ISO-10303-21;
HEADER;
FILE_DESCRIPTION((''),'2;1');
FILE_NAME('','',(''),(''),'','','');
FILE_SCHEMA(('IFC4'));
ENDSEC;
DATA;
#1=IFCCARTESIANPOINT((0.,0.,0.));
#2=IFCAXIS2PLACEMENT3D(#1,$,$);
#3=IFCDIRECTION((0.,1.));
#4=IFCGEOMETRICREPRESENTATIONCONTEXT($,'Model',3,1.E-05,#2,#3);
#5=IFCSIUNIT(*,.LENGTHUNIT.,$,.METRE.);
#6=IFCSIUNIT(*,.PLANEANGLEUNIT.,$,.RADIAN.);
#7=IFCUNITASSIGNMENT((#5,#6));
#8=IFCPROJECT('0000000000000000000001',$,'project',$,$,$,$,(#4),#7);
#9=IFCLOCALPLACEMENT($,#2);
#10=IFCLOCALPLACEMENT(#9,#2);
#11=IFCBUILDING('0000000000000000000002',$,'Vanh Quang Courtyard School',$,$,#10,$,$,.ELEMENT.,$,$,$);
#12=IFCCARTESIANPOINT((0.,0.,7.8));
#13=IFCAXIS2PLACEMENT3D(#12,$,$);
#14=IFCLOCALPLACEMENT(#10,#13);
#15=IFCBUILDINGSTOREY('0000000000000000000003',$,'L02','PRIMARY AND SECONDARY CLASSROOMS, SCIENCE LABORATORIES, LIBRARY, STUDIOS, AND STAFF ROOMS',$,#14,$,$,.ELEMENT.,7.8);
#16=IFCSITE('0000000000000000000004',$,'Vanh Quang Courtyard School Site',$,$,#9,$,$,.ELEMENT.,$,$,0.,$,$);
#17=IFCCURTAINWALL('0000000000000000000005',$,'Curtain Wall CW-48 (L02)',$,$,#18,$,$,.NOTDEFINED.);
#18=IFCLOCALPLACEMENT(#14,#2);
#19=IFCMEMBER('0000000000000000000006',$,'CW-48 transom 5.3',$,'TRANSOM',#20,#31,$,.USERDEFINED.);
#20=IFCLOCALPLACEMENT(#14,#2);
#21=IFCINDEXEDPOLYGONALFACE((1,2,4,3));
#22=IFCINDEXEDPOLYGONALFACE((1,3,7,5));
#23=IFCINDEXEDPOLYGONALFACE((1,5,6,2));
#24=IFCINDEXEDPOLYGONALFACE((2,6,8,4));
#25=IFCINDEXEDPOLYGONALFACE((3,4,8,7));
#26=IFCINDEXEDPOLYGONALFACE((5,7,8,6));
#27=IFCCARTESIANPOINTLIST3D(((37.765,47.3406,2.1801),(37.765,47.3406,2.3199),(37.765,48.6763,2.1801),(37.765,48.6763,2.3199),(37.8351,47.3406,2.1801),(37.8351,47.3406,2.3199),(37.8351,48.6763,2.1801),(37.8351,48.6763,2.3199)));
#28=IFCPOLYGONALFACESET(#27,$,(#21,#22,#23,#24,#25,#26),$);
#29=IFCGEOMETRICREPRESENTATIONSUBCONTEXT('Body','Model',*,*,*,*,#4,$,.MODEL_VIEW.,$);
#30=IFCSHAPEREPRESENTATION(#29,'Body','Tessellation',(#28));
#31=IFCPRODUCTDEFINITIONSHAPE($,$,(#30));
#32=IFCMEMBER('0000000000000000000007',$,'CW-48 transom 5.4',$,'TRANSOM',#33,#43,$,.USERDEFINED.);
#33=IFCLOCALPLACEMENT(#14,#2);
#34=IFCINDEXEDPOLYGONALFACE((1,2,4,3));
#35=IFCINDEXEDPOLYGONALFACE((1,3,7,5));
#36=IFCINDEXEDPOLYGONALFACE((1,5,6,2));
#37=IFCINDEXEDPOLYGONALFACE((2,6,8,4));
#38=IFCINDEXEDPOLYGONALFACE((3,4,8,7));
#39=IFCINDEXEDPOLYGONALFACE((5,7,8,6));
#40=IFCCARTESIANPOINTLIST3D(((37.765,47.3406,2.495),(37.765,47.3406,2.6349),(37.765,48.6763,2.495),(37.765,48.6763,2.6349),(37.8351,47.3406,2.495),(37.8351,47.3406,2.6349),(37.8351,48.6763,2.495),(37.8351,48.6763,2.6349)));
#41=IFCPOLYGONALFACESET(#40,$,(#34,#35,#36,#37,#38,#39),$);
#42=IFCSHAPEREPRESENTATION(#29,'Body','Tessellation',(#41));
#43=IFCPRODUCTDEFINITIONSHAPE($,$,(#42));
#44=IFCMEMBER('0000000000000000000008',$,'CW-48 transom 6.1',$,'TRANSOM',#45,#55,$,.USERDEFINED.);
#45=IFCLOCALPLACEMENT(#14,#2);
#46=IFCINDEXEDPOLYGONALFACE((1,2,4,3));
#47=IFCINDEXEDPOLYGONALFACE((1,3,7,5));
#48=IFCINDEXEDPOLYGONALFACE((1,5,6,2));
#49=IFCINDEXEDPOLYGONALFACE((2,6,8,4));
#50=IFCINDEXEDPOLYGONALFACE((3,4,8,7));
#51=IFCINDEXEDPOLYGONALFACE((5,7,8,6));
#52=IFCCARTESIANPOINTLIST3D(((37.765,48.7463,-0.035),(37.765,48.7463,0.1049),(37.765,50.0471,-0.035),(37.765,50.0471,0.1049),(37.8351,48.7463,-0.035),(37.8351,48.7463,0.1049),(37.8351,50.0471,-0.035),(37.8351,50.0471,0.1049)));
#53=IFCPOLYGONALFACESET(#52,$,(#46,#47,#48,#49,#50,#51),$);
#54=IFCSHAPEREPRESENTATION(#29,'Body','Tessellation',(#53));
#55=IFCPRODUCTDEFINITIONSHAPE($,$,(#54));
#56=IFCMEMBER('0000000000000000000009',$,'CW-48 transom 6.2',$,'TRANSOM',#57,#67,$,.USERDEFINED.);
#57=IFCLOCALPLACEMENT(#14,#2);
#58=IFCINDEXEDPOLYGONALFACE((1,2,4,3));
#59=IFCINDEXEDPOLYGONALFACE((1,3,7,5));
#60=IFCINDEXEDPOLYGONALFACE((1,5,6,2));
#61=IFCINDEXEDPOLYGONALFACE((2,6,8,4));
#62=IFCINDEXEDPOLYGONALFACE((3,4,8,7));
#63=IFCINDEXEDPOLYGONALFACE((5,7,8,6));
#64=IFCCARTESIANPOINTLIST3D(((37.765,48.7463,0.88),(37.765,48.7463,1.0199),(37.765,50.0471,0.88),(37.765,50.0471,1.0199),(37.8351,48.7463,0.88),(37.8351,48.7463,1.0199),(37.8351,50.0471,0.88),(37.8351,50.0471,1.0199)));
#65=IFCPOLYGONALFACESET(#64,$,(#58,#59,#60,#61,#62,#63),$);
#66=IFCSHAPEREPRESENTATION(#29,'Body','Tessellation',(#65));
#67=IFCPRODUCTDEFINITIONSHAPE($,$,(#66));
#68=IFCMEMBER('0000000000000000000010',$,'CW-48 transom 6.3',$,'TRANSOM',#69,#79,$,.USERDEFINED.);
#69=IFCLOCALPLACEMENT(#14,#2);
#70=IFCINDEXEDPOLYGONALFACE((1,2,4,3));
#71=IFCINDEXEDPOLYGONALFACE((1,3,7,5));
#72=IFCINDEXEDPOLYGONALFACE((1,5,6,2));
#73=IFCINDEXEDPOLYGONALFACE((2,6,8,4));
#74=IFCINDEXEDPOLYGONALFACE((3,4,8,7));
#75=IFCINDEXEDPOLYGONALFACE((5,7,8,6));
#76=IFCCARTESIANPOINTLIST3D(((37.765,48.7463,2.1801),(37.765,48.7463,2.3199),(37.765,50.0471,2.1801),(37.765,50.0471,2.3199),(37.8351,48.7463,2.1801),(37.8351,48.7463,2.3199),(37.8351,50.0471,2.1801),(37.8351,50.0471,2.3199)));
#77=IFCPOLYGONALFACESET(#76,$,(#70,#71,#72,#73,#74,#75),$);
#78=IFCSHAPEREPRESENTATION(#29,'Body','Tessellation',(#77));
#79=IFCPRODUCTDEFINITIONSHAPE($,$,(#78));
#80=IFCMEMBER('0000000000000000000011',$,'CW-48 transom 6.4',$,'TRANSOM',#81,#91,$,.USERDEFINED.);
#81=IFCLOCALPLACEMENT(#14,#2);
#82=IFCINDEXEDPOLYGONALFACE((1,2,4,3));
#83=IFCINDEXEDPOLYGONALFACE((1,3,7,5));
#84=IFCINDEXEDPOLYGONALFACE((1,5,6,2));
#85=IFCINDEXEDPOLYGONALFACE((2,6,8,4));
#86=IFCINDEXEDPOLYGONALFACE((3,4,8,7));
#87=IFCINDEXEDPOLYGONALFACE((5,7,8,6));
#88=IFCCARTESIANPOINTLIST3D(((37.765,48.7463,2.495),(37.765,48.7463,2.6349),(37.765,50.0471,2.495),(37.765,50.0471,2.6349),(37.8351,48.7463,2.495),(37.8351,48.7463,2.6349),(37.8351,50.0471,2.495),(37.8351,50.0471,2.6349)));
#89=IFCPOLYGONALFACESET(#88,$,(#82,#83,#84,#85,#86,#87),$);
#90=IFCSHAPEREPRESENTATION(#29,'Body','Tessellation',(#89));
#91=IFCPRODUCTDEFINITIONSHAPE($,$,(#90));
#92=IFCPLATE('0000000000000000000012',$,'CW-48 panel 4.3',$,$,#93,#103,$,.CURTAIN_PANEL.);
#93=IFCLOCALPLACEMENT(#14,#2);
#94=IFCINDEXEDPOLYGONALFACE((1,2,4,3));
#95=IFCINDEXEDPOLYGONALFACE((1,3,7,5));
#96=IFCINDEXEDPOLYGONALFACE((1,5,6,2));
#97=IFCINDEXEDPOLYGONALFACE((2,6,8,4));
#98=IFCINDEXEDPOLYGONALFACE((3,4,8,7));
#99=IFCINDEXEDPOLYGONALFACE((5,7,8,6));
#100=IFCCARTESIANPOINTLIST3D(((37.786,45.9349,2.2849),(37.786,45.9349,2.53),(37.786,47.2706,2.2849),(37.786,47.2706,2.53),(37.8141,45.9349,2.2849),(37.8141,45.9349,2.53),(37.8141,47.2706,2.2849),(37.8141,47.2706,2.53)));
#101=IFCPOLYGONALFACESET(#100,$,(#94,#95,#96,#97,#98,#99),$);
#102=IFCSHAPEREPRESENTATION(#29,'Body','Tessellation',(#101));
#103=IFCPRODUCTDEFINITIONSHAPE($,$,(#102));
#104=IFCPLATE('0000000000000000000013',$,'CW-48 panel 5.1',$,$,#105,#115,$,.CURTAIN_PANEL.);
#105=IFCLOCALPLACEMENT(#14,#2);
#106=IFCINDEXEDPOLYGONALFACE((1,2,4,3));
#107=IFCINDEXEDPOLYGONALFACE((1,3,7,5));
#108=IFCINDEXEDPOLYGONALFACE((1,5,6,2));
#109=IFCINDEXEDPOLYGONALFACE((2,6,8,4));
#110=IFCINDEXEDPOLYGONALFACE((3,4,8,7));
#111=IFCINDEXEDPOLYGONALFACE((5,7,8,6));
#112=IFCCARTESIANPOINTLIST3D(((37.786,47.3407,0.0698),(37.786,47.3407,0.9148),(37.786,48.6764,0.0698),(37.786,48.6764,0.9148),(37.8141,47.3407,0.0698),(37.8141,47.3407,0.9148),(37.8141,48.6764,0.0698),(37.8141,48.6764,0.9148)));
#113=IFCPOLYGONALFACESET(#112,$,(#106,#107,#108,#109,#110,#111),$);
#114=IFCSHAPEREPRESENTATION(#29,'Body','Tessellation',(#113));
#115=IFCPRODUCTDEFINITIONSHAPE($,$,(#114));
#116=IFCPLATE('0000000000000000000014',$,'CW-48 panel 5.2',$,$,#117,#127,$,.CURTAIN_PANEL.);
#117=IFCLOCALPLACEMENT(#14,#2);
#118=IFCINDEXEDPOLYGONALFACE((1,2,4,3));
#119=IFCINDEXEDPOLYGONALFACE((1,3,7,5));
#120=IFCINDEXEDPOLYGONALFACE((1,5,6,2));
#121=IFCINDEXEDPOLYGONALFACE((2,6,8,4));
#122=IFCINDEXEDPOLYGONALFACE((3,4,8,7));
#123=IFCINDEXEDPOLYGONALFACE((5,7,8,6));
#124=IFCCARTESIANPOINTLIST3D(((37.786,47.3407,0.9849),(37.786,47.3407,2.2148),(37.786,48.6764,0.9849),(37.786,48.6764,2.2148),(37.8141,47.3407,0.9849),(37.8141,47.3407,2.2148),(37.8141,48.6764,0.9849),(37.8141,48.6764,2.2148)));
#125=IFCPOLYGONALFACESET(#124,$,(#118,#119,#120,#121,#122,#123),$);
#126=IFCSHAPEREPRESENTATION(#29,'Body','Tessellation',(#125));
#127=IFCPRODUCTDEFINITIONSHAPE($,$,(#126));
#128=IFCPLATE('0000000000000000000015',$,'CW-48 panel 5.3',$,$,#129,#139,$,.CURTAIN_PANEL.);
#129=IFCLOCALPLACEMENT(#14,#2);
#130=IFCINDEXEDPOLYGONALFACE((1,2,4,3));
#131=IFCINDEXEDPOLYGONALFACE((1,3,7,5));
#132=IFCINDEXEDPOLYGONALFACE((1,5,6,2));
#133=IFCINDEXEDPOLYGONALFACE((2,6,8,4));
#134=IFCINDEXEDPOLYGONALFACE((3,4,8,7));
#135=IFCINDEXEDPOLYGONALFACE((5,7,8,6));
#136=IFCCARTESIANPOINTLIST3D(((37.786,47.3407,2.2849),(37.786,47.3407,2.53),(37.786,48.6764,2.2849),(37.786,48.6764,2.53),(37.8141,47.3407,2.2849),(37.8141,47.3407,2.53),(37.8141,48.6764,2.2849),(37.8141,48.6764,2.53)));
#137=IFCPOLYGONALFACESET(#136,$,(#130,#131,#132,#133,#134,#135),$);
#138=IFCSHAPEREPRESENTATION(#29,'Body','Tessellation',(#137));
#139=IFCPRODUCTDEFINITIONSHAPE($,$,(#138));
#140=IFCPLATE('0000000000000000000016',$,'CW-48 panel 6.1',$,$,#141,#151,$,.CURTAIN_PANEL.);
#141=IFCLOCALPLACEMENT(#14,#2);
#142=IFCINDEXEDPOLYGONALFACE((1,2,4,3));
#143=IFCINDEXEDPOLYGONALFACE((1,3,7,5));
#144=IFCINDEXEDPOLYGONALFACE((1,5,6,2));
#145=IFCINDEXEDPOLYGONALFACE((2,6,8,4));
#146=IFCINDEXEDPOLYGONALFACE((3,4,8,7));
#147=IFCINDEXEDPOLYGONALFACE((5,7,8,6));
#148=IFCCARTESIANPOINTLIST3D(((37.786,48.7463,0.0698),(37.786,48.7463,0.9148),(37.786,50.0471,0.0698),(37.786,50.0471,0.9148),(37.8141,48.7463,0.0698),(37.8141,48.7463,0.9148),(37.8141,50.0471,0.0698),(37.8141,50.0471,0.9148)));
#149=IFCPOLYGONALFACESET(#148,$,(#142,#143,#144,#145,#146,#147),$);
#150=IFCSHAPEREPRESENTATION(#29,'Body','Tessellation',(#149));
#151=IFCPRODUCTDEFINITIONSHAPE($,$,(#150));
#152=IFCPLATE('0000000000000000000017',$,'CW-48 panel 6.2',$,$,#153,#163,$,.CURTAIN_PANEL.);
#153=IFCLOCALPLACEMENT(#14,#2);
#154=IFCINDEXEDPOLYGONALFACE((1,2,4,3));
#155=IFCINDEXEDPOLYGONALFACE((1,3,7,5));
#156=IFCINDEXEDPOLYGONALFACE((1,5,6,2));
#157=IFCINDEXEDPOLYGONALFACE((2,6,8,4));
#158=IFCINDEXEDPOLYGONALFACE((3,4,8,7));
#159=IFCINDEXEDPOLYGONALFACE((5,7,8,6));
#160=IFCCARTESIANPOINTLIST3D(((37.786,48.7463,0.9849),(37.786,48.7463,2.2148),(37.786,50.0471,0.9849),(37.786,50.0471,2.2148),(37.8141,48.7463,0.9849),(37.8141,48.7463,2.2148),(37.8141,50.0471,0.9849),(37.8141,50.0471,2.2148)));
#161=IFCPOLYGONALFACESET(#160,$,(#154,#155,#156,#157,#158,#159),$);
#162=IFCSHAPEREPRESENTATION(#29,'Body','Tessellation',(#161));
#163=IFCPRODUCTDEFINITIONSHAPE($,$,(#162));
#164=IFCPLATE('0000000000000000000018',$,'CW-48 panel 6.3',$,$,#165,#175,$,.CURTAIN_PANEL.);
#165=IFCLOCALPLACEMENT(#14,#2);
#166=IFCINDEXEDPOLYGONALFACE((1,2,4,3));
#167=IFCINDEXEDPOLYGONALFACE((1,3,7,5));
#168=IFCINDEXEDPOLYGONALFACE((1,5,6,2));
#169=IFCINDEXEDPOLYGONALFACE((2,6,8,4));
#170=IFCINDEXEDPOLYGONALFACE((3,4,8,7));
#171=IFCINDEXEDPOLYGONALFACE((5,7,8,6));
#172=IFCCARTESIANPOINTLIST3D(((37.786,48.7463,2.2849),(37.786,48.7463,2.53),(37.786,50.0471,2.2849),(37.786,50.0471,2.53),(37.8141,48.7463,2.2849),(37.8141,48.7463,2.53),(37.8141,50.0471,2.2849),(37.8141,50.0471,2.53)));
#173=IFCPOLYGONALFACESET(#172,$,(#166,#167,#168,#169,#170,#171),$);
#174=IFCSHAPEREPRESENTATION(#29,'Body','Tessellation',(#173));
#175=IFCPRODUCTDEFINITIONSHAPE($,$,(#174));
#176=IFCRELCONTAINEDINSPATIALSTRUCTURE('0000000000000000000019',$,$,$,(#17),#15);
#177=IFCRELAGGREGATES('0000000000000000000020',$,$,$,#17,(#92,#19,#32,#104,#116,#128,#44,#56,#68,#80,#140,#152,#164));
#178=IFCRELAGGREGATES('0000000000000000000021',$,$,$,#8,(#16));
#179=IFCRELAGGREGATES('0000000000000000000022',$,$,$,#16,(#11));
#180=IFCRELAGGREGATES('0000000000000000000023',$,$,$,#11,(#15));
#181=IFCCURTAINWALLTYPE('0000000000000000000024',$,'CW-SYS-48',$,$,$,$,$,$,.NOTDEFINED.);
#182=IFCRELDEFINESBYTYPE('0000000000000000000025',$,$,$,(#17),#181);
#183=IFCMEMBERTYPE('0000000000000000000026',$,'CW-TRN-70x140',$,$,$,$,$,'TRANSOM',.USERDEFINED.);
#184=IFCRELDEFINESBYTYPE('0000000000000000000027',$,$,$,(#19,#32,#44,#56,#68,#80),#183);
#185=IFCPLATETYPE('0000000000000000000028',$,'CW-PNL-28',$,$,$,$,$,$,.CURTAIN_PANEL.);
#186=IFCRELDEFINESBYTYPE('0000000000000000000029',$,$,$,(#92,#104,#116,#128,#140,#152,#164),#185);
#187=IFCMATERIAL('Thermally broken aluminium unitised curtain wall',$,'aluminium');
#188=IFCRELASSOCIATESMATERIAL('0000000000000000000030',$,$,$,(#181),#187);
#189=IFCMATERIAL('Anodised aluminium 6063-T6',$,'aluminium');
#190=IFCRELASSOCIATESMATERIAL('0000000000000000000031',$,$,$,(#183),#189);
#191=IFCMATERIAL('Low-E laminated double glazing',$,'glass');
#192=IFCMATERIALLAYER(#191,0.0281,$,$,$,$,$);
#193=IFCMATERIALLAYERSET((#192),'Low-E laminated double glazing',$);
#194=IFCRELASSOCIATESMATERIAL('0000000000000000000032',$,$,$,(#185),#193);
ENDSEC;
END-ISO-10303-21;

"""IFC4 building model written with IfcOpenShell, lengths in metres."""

from ifc_helpers import new_model, si_unit, direction, frame, origin, origin_2d, place, context, subcontext, project, spatial, rectangle, extrude, material, layer, layer_set, material_profile, profile_set, type_object, element, aggregate, save


model = new_model("IFC4")

# Units and contexts
model_context = context("Model", 3, precision=1e-05, world=origin(), true_north=direction((0.0, 1.0)))
body_context = subcontext(model_context, "Body", "Model", "MODEL_VIEW")
ifc_project = project(units=[si_unit("LENGTHUNIT", "METRE"), si_unit("PLANEANGLEUNIT", "RADIAN")], contexts=[model_context])

# Site, building, storey
site_placement = place(None, origin())
site = spatial("IfcSite", under=ifc_project, at=site_placement, Name="Vanh Quang Courtyard School Site", CompositionType="ELEMENT", RefElevation=0.0)
building_placement = place(site_placement, origin())
building = spatial("IfcBuilding", under=site, at=building_placement, Name="Vanh Quang Courtyard School", CompositionType="ELEMENT")
storey_placement = place(building_placement, frame((0.0, 0.0, 7.8)))
storey = spatial("IfcBuildingStorey", under=building, at=storey_placement, Name="L02", Description="PRIMARY AND SECONDARY CLASSROOMS, SCIENCE LABORATORIES, LIBRARY, STUDIOS, AND STAFF ROOMS", CompositionType="ELEMENT", Elevation=7.8)

# Shared definitions
ifc_material_1 = material(Name="Thermally broken aluminium unitised curtain wall", Category="aluminium")
curtain_wall_type = type_object("IfcCurtainWallType", Name="CW-SYS-48", PredefinedType="NOTDEFINED", material=ifc_material_1)
ifc_material_2 = material(Name="Anodised aluminium 6063-T6", Category="aluminium")

# Curtain wall, members, plates
curtain_wall_1_placement = place(storey_placement, origin())
curtain_wall_1 = element("IfcCurtainWall", 1, at=curtain_wall_1_placement, inside=storey, type_object=curtain_wall_type, Name="Curtain Wall CW-48 (L02)", PredefinedType="NOTDEFINED")
ifc_material_profile_1 = material_profile(ifc_material_2, rectangle(XDim=0.0701, YDim=0.1399, at=origin_2d()), Name="ALU-TRN 70x140")
ifc_profile_set_1 = profile_set([ifc_material_profile_1], Name="Anodised aluminium 6063-T6")
member_type_1 = type_object("IfcMemberType", Name="CW-TRN-70x140", ElementType="TRANSOM", PredefinedType="USERDEFINED", material=ifc_profile_set_1)
member_1_placement = place(storey_placement, frame((37.8, 47.3406, 2.25), z_axis=(0.0, 1.0, 0.0), x_axis=(-1.0, 0.0, 0.0)))
member_1 = element("IfcMember", 2, at=member_1_placement, type_object=member_type_1, Name="CW-48 transom 5.3", ObjectType="TRANSOM", PredefinedType="USERDEFINED", context=body_context, shape_type="SweptSolid", body=[
    extrude(rectangle(XDim=0.0701, YDim=0.1399, at=origin_2d()), origin(), (0.0, 0.0, 1.0), 1.3357),
])
member_2_placement = place(storey_placement, frame((37.8, 47.3406, 2.5649), z_axis=(0.0, 1.0, 0.0), x_axis=(-1.0, 0.0, 0.0)))
member_2 = element("IfcMember", 3, at=member_2_placement, type_object=member_type_1, Name="CW-48 transom 5.4", ObjectType="TRANSOM", PredefinedType="USERDEFINED", context=body_context, shape_type="SweptSolid", body=[
    extrude(rectangle(XDim=0.0701, YDim=0.1399, at=origin_2d()), origin(), (0.0, 0.0, 1.0), 1.3357),
])
member_3_placement = place(storey_placement, frame((37.8, 48.7463, 0.0349), z_axis=(0.0, 1.0, 0.0), x_axis=(-1.0, 0.0, 0.0)))
member_3 = element("IfcMember", 4, at=member_3_placement, type_object=member_type_1, Name="CW-48 transom 6.1", ObjectType="TRANSOM", PredefinedType="USERDEFINED", context=body_context, shape_type="SweptSolid", body=[
    extrude(rectangle(XDim=0.0701, YDim=0.1399, at=origin_2d()), origin(), (0.0, 0.0, 1.0), 1.3008),
])
member_4_placement = place(storey_placement, frame((37.8, 48.7463, 0.95), z_axis=(0.0, 1.0, 0.0), x_axis=(-1.0, 0.0, 0.0)))
member_4 = element("IfcMember", 5, at=member_4_placement, type_object=member_type_1, Name="CW-48 transom 6.2", ObjectType="TRANSOM", PredefinedType="USERDEFINED", context=body_context, shape_type="SweptSolid", body=[
    extrude(rectangle(XDim=0.0701, YDim=0.1399, at=origin_2d()), origin(), (0.0, 0.0, 1.0), 1.3008),
])
member_5_placement = place(storey_placement, frame((37.8, 48.7463, 2.25), z_axis=(0.0, 1.0, 0.0), x_axis=(-1.0, 0.0, 0.0)))
member_5 = element("IfcMember", 6, at=member_5_placement, type_object=member_type_1, Name="CW-48 transom 6.3", ObjectType="TRANSOM", PredefinedType="USERDEFINED", context=body_context, shape_type="SweptSolid", body=[
    extrude(rectangle(XDim=0.0701, YDim=0.1399, at=origin_2d()), origin(), (0.0, 0.0, 1.0), 1.3008),
])
member_6_placement = place(storey_placement, frame((37.8, 48.7463, 2.5649), z_axis=(0.0, 1.0, 0.0), x_axis=(-1.0, 0.0, 0.0)))
member_6 = element("IfcMember", 7, at=member_6_placement, type_object=member_type_1, Name="CW-48 transom 6.4", ObjectType="TRANSOM", PredefinedType="USERDEFINED", context=body_context, shape_type="SweptSolid", body=[
    extrude(rectangle(XDim=0.0701, YDim=0.1399, at=origin_2d()), origin(), (0.0, 0.0, 1.0), 1.3008),
])
ifc_material_3 = material(Name="Low-E laminated double glazing", Category="glass")
ifc_layer_1 = layer(ifc_material_3, 0.0281)
ifc_layer_set_1 = layer_set([ifc_layer_1], Name="Low-E laminated double glazing")
plate_type = type_object("IfcPlateType", Name="CW-PNL-28", PredefinedType="CURTAIN_PANEL", material=ifc_layer_set_1)
plate_1_placement = place(storey_placement, frame((37.8, 46.6028, 2.2849), z_axis=(0.0, 0.0, 1.0), x_axis=(0.0, 1.0, 0.0)))
plate_1 = element("IfcPlate", 8, at=plate_1_placement, type_object=plate_type, Name="CW-48 panel 4.3", PredefinedType="CURTAIN_PANEL", context=body_context, shape_type="SweptSolid", body=[
    extrude(rectangle(XDim=1.3357, YDim=0.0281, at=origin_2d()), origin(), (0.0, 0.0, 1.0), 0.2451),
])
plate_2_placement = place(storey_placement, frame((37.8, 48.0085, 0.0698), z_axis=(0.0, 0.0, 1.0), x_axis=(0.0, 1.0, 0.0)))
plate_2 = element("IfcPlate", 9, at=plate_2_placement, type_object=plate_type, Name="CW-48 panel 5.1", PredefinedType="CURTAIN_PANEL", context=body_context, shape_type="SweptSolid", body=[
    extrude(rectangle(XDim=1.3357, YDim=0.0281, at=origin_2d()), origin(), (0.0, 0.0, 1.0), 0.845),
])
plate_3_placement = place(storey_placement, frame((37.8, 48.0085, 0.9849), z_axis=(0.0, 0.0, 1.0), x_axis=(0.0, 1.0, 0.0)))
plate_3 = element("IfcPlate", 10, at=plate_3_placement, type_object=plate_type, Name="CW-48 panel 5.2", PredefinedType="CURTAIN_PANEL", context=body_context, shape_type="SweptSolid", body=[
    extrude(rectangle(XDim=1.3357, YDim=0.0281, at=origin_2d()), origin(), (0.0, 0.0, 1.0), 1.23),
])
plate_4_placement = place(storey_placement, frame((37.8, 48.0085, 2.2849), z_axis=(0.0, 0.0, 1.0), x_axis=(0.0, 1.0, 0.0)))
plate_4 = element("IfcPlate", 11, at=plate_4_placement, type_object=plate_type, Name="CW-48 panel 5.3", PredefinedType="CURTAIN_PANEL", context=body_context, shape_type="SweptSolid", body=[
    extrude(rectangle(XDim=1.3357, YDim=0.0281, at=origin_2d()), origin(), (0.0, 0.0, 1.0), 0.2451),
])
plate_5_placement = place(storey_placement, frame((37.8, 49.3967, 0.0698), z_axis=(0.0, 0.0, 1.0), x_axis=(0.0, 1.0, 0.0)))
plate_5 = element("IfcPlate", 12, at=plate_5_placement, type_object=plate_type, Name="CW-48 panel 6.1", PredefinedType="CURTAIN_PANEL", context=body_context, shape_type="SweptSolid", body=[
    extrude(rectangle(XDim=1.3008, YDim=0.0281, at=origin_2d()), origin(), (0.0, 0.0, 1.0), 0.845),
])
plate_6_placement = place(storey_placement, frame((37.8, 49.3967, 0.9849), z_axis=(0.0, 0.0, 1.0), x_axis=(0.0, 1.0, 0.0)))
plate_6 = element("IfcPlate", 13, at=plate_6_placement, type_object=plate_type, Name="CW-48 panel 6.2", PredefinedType="CURTAIN_PANEL", context=body_context, shape_type="SweptSolid", body=[
    extrude(rectangle(XDim=1.3008, YDim=0.0281, at=origin_2d()), origin(), (0.0, 0.0, 1.0), 1.23),
])
plate_7_placement = place(storey_placement, frame((37.8, 49.3967, 2.2849), z_axis=(0.0, 0.0, 1.0), x_axis=(0.0, 1.0, 0.0)))
plate_7 = element("IfcPlate", 14, at=plate_7_placement, type_object=plate_type, Name="CW-48 panel 6.3", PredefinedType="CURTAIN_PANEL", context=body_context, shape_type="SweptSolid", body=[
    extrude(rectangle(XDim=1.3008, YDim=0.0281, at=origin_2d()), origin(), (0.0, 0.0, 1.0), 0.2451),
])
aggregate(curtain_wall_1, [plate_1, member_1, member_2, plate_2, plate_3, plate_4, member_3, member_4, member_5, member_6, plate_5, plate_6, plate_7])

save(model, "model.ifc")
